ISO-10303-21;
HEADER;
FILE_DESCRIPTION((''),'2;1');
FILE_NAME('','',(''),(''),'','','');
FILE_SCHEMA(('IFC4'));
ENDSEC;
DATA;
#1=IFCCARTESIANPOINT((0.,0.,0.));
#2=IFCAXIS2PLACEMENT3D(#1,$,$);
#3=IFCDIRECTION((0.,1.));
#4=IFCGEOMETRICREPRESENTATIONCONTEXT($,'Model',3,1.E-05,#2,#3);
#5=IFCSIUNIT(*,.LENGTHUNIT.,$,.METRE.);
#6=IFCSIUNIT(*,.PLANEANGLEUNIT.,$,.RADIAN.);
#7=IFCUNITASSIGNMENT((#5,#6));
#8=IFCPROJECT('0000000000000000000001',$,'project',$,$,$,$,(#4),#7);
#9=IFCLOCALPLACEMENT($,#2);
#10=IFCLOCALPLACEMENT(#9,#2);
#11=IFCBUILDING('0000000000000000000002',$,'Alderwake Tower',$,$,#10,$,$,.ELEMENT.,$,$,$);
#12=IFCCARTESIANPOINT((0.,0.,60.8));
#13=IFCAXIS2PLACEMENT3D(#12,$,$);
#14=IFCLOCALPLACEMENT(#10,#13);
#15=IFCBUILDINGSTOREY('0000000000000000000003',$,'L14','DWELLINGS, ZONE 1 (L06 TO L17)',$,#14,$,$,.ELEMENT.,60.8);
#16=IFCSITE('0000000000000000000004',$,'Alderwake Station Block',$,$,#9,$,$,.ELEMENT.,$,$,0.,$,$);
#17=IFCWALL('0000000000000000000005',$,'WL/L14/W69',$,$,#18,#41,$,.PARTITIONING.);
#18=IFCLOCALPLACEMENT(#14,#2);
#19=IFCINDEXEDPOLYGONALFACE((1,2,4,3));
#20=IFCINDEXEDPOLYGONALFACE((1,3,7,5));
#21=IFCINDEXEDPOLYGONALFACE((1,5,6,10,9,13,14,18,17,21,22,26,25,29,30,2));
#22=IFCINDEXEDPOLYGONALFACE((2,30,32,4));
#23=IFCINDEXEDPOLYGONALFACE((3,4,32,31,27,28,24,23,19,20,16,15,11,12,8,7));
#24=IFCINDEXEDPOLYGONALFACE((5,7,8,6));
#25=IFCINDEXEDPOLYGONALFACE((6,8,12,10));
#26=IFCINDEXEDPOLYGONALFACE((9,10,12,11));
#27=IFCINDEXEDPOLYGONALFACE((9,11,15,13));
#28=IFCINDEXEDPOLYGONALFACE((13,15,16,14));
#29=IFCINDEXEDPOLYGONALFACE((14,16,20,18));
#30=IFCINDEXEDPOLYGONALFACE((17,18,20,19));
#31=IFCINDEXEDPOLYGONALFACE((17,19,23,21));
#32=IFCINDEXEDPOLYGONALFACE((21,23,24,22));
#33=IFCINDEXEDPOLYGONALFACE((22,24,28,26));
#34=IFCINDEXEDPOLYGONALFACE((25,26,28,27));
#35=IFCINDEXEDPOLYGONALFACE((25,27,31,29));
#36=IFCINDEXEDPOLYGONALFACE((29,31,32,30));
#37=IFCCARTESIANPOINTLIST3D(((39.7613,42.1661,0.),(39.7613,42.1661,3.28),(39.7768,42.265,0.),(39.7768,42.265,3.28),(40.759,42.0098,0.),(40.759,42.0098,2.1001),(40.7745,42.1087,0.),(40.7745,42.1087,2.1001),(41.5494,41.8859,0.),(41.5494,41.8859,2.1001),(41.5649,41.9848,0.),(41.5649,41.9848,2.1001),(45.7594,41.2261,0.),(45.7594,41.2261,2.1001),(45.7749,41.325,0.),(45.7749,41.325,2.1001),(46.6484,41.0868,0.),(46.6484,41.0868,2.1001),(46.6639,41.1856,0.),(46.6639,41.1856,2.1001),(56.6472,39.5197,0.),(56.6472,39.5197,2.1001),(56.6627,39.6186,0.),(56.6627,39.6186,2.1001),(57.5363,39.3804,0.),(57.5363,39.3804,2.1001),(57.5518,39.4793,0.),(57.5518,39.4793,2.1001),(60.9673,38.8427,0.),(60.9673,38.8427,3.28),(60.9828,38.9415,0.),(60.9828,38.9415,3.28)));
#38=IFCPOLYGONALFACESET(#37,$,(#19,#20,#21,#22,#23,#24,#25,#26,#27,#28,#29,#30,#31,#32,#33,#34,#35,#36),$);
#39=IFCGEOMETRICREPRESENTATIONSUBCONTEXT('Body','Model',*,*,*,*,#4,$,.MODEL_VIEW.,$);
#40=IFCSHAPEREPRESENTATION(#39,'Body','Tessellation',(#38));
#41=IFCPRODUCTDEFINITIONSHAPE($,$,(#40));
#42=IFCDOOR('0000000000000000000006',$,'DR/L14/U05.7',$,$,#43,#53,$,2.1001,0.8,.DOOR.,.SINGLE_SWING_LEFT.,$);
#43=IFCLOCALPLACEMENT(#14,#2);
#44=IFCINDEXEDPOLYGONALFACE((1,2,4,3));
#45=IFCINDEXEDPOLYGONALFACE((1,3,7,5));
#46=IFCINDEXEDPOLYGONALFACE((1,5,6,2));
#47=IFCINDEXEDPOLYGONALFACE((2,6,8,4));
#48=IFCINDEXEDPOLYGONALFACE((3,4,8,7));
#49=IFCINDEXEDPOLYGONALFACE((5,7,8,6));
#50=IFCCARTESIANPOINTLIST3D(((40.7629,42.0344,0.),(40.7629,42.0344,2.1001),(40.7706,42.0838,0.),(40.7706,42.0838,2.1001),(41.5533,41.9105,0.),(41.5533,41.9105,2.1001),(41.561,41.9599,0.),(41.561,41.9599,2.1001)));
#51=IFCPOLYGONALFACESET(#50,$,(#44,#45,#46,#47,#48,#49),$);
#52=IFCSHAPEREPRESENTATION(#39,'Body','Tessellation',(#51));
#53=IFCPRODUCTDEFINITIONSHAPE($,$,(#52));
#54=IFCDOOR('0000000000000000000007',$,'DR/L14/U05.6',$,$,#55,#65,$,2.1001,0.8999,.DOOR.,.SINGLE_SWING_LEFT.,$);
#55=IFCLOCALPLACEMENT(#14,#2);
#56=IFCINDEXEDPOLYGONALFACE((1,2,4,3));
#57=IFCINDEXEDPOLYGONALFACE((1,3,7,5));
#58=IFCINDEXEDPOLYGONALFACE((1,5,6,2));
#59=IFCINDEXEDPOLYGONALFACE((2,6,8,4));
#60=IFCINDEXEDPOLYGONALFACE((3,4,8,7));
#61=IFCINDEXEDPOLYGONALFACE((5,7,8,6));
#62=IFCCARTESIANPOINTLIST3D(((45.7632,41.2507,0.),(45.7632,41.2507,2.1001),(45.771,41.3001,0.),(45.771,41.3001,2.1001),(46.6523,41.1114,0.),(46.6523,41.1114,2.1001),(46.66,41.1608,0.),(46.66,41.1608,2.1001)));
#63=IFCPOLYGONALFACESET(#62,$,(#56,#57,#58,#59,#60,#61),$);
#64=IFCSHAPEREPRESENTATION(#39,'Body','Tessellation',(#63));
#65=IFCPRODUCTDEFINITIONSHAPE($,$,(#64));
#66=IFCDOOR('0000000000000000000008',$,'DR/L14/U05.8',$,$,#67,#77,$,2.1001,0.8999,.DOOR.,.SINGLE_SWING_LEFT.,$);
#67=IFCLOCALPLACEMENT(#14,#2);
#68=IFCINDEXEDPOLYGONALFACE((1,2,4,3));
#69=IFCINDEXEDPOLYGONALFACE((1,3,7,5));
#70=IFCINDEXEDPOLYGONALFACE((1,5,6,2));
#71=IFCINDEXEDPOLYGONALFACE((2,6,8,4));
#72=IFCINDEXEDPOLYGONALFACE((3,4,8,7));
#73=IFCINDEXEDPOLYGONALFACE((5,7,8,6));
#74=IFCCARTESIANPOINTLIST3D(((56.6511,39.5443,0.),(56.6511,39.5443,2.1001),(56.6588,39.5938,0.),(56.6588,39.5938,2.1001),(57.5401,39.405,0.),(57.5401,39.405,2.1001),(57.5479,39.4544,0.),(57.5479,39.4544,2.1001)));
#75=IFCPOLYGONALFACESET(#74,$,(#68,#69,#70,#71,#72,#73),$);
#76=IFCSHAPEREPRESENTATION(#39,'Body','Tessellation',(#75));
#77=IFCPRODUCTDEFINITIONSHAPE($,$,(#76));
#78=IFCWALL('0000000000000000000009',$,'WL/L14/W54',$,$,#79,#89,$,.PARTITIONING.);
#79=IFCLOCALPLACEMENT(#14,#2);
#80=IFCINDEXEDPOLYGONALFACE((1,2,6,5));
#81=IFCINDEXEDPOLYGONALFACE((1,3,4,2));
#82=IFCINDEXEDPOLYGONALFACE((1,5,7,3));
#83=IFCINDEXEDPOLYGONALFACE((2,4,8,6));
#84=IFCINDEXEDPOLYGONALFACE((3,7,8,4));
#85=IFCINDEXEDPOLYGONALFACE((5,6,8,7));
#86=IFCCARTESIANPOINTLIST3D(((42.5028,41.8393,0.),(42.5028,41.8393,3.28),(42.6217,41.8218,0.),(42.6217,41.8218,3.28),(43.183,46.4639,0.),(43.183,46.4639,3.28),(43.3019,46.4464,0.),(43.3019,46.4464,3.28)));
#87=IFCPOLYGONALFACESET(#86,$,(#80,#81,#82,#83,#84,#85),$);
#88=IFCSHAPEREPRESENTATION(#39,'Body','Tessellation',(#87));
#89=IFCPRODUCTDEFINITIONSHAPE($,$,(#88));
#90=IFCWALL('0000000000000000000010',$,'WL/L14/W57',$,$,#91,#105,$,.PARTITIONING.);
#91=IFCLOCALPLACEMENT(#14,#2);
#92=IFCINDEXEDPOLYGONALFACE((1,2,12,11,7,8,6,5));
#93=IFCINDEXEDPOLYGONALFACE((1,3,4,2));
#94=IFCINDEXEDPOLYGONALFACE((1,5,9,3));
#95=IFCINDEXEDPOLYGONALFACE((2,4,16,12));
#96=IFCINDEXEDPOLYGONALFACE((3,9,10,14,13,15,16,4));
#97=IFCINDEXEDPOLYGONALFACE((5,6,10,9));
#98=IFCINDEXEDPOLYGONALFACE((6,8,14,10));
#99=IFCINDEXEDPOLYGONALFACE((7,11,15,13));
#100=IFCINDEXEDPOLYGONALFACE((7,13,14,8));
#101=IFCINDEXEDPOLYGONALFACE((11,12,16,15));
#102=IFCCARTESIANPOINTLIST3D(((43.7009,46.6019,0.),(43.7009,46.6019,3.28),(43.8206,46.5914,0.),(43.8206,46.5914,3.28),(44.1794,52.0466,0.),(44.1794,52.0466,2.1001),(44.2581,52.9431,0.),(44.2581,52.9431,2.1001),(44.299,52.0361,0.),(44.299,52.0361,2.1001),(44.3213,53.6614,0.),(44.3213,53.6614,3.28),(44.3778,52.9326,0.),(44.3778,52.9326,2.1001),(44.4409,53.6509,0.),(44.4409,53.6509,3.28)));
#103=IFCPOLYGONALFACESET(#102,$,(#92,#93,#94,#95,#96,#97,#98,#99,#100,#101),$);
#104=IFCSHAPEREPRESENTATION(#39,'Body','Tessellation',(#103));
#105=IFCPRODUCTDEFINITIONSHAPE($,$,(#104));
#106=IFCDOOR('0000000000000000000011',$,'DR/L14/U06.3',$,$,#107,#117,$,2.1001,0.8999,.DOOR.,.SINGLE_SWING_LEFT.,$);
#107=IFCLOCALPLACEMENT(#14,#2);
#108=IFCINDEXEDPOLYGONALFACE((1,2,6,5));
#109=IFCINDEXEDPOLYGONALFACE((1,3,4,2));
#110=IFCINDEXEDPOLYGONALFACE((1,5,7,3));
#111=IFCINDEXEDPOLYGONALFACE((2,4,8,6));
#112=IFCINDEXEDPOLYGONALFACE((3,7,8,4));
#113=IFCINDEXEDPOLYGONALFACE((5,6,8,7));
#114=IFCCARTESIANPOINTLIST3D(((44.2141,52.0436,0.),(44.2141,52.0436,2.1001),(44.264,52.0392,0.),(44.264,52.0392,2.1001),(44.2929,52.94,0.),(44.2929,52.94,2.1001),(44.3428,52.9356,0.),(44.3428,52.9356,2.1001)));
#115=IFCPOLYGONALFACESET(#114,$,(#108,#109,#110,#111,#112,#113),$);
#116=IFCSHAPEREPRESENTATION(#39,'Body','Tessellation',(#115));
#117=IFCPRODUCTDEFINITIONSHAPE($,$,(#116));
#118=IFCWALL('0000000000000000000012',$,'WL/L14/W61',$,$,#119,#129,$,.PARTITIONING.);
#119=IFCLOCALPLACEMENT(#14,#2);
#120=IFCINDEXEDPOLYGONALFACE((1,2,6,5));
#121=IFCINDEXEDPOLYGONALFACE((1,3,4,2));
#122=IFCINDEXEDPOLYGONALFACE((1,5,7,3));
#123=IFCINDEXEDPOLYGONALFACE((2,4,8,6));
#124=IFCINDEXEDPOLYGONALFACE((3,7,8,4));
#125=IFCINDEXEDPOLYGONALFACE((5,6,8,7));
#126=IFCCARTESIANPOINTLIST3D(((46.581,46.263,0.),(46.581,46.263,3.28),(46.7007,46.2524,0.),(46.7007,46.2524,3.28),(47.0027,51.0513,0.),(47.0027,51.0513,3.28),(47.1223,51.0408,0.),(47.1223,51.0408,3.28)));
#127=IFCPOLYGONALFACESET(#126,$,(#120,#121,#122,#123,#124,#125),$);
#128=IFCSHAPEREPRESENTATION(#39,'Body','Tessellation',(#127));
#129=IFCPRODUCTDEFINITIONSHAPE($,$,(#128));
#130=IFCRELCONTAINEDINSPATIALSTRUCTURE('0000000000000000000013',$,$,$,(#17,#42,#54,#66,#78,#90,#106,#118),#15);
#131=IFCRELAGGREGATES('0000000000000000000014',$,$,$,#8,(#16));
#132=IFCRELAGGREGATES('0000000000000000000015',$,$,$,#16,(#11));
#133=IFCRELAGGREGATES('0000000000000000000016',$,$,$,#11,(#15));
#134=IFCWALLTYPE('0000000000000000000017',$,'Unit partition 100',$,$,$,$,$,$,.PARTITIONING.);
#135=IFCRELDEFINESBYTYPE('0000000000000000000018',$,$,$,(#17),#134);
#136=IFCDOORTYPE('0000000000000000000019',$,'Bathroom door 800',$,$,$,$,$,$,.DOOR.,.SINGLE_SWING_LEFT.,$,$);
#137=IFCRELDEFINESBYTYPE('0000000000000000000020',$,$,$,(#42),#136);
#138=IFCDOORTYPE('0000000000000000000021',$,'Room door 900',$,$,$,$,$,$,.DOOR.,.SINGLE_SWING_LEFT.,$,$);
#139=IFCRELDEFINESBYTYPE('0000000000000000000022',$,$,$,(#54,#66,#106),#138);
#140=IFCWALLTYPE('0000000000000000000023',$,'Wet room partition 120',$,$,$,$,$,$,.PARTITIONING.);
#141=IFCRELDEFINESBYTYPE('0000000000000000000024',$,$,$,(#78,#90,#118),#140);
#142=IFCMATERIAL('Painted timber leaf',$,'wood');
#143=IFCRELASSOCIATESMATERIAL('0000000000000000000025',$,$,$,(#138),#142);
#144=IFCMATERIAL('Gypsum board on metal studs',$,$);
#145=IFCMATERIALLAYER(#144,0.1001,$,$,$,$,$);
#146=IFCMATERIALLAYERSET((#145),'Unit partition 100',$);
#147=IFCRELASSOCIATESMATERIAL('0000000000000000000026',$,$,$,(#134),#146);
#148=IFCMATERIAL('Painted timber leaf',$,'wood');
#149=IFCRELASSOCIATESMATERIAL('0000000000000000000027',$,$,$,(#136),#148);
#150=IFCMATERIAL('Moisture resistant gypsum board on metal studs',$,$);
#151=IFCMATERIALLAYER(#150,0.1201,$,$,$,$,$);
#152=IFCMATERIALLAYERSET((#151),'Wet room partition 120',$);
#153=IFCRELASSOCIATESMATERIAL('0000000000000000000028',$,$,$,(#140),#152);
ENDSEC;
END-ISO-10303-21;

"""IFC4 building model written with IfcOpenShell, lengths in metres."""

from ifc_helpers import new_model, si_unit, direction, frame, frame_2d, origin, place, context, subcontext, project, spatial, rectangle, extrude, material, layer, layer_set, type_object, element, fill, save


model = new_model("IFC4")

# Units and contexts
model_context = context("Model", 3, precision=1e-05, world=origin(), true_north=direction((0.0, 1.0)))
body_context = subcontext(model_context, "Body", "Model", "MODEL_VIEW")
ifc_project = project(units=[si_unit("LENGTHUNIT", "METRE"), si_unit("PLANEANGLEUNIT", "RADIAN")], contexts=[model_context])

# Site, building, storey
site_placement = place(None, origin())
site = spatial("IfcSite", under=ifc_project, at=site_placement, Name="Alderwake Station Block", CompositionType="ELEMENT", RefElevation=0.0)
building_placement = place(site_placement, origin())
building = spatial("IfcBuilding", under=site, at=building_placement, Name="Alderwake Tower", CompositionType="ELEMENT")
storey_placement = place(building_placement, frame((0.0, 0.0, 60.8)))
storey = spatial("IfcBuildingStorey", under=building, at=storey_placement, Name="L14", Description="DWELLINGS, ZONE 1 (L06 TO L17)", CompositionType="ELEMENT", Elevation=60.8)

# Shared definitions
ifc_material_1 = material(Name="Painted timber leaf", Category="wood")
door_type_1 = type_object("IfcDoorType", Name="Room door 900", OperationType="SINGLE_SWING_LEFT", PredefinedType="DOOR", material=ifc_material_1)

# Wall, openings, doors
ifc_material_2 = material(Name="Gypsum board on metal studs")
ifc_layer_1 = layer(ifc_material_2, 0.1001)
ifc_layer_set_1 = layer_set([ifc_layer_1], Name="Unit partition 100")
wall_type_1 = type_object("IfcWallType", Name="Unit partition 100", PredefinedType="PARTITIONING", material=ifc_layer_set_1)
wall_1_placement = place(storey_placement, frame((39.769, 42.2156, 0.0), z_axis=(0.0, 0.0, 1.0), x_axis=(0.987941, -0.154833, 0.0)))
wall_1 = element("IfcWall", 1, at=wall_1_placement, inside=storey, type_object=wall_type_1, Name="WL/L14/W69", PredefinedType="PARTITIONING", context=body_context, shape_type="SweptSolid", body=[
    extrude(rectangle(XDim=21.4648, YDim=0.1001, at=frame_2d((10.7324, 0.0))), origin(), (0.0, 0.0, 1.0), 3.28),
])
opening_1_placement = place(wall_1_placement, frame((6.0713, 0.0, 0.0)))
opening_1 = element("IfcOpeningElement", 2, at=opening_1_placement, cuts=wall_1, PredefinedType="OPENING", context=body_context, shape_type="SweptSolid", body=[
    extrude(rectangle(XDim=0.8999, YDim=2.1001, at=frame_2d((0.45, 1.05))), frame((0.0, 0.0601, 0.0), z_axis=(0.0, -1.0, 0.0), x_axis=(1.0, 0.0, 0.0)), (0.0, 0.0, 1.0), 0.1201),
])
opening_2_placement = place(wall_1_placement, frame((1.01, 0.0, 0.0)))
opening_2 = element("IfcOpeningElement", 3, at=opening_2_placement, cuts=wall_1, PredefinedType="OPENING", context=body_context, shape_type="SweptSolid", body=[
    extrude(rectangle(XDim=0.8, YDim=2.1001, at=frame_2d((0.3999, 1.05))), frame((0.0, 0.0601, 0.0), z_axis=(0.0, -1.0, 0.0), x_axis=(1.0, 0.0, 0.0)), (0.0, 0.0, 1.0), 0.1201),
])
opening_3_placement = place(wall_1_placement, frame((17.092, 0.0, 0.0)))
opening_3 = element("IfcOpeningElement", 4, at=opening_3_placement, cuts=wall_1, PredefinedType="OPENING", context=body_context, shape_type="SweptSolid", body=[
    extrude(rectangle(XDim=0.8999, YDim=2.1001, at=frame_2d((0.45, 1.05))), frame((0.0, 0.0601, 0.0), z_axis=(0.0, -1.0, 0.0), x_axis=(1.0, 0.0, 0.0)), (0.0, 0.0, 1.0), 0.1201),
])
ifc_material_3 = material(Name="Painted timber leaf", Category="wood")
door_type_2 = type_object("IfcDoorType", Name="Bathroom door 800", OperationType="SINGLE_SWING_LEFT", PredefinedType="DOOR", material=ifc_material_3)
door_1_placement = place(opening_2_placement, origin())
door_1 = element("IfcDoor", 5, at=door_1_placement, inside=storey, type_object=door_type_2, Name="DR/L14/U05.7", OperationType="SINGLE_SWING_LEFT", OverallHeight=2.1001, OverallWidth=0.8, PredefinedType="DOOR", context=body_context, shape_type="SweptSolid", body=[
    extrude(rectangle(XDim=0.8, YDim=2.1001, at=frame_2d((0.3999, 1.05))), frame((0.0, 0.0249, 0.0), z_axis=(0.0, -1.0, 0.0), x_axis=(1.0, 0.0, 0.0)), (0.0, 0.0, 1.0), 0.05),
])
fill(opening_2, door_1)
door_2_placement = place(opening_1_placement, origin())
door_2 = element("IfcDoor", 6, at=door_2_placement, inside=storey, type_object=door_type_1, Name="DR/L14/U05.6", OperationType="SINGLE_SWING_LEFT", OverallHeight=2.1001, OverallWidth=0.8999, PredefinedType="DOOR", context=body_context, shape_type="SweptSolid", body=[
    extrude(rectangle(XDim=0.8999, YDim=2.1001, at=frame_2d((0.45, 1.05))), frame((0.0, 0.0249, 0.0), z_axis=(0.0, -1.0, 0.0), x_axis=(1.0, 0.0, 0.0)), (0.0, 0.0, 1.0), 0.05),
])
fill(opening_1, door_2)
door_3_placement = place(opening_3_placement, origin())
door_3 = element("IfcDoor", 7, at=door_3_placement, inside=storey, type_object=door_type_1, Name="DR/L14/U05.8", OperationType="SINGLE_SWING_LEFT", OverallHeight=2.1001, OverallWidth=0.8999, PredefinedType="DOOR", context=body_context, shape_type="SweptSolid", body=[
    extrude(rectangle(XDim=0.8999, YDim=2.1001, at=frame_2d((0.45, 1.05))), frame((0.0, 0.0249, 0.0), z_axis=(0.0, -1.0, 0.0), x_axis=(1.0, 0.0, 0.0)), (0.0, 0.0, 1.0), 0.05),
])
fill(opening_3, door_3)

# Wall
ifc_material_4 = material(Name="Moisture resistant gypsum board on metal studs")
ifc_layer_2 = layer(ifc_material_4, 0.1201)
ifc_layer_set_2 = layer_set([ifc_layer_2], Name="Wet room partition 120")
wall_type_2 = type_object("IfcWallType", Name="Wet room partition 120", PredefinedType="PARTITIONING", material=ifc_layer_set_2)
wall_2_placement = place(storey_placement, frame((42.5623, 41.8306, 0.0), z_axis=(0.0, 0.0, 1.0), x_axis=(0.145515, 0.989356, 0.0)))
element("IfcWall", 8, at=wall_2_placement, inside=storey, type_object=wall_type_2, Name="WL/L14/W54", PredefinedType="PARTITIONING", context=body_context, shape_type="SweptSolid", body=[
    extrude(rectangle(XDim=4.6743, YDim=0.1201, at=frame_2d((2.3372, 0.0))), origin(), (0.0, 0.0, 1.0), 3.28),
])

# Wall, opening, door
wall_3_placement = place(storey_placement, frame((44.3811, 53.6562, 0.0), z_axis=(0.0, 0.0, 1.0), x_axis=(-0.087538, -0.996161, 0.0)))
wall_3 = element("IfcWall", 9, at=wall_3_placement, inside=storey, type_object=wall_type_2, Name="WL/L14/W57", PredefinedType="PARTITIONING", context=body_context, shape_type="SweptSolid", body=[
    extrude(rectangle(XDim=7.0867, YDim=0.1201, at=frame_2d((3.5435, 0.0))), origin(), (0.0, 0.0, 1.0), 3.28),
])
opening_4_placement = place(wall_3_placement, frame((0.7212, 0.0, 0.0)))
opening_4 = element("IfcOpeningElement", 10, at=opening_4_placement, cuts=wall_3, PredefinedType="OPENING", context=body_context, shape_type="SweptSolid", body=[
    extrude(rectangle(XDim=0.8999, YDim=2.1001, at=frame_2d((0.45, 1.05))), frame((0.0, 0.0701, 0.0), z_axis=(0.0, -1.0, 0.0), x_axis=(1.0, 0.0, 0.0)), (0.0, 0.0, 1.0), 0.1401),
])
door_4_placement = place(opening_4_placement, origin())
door_4 = element("IfcDoor", 11, at=door_4_placement, inside=storey, type_object=door_type_1, Name="DR/L14/U06.3", OperationType="SINGLE_SWING_LEFT", OverallHeight=2.1001, OverallWidth=0.8999, PredefinedType="DOOR", context=body_context, shape_type="SweptSolid", body=[
    extrude(rectangle(XDim=0.8999, YDim=2.1001, at=frame_2d((0.45, 1.05))), frame((0.0, 0.0249, 0.0), z_axis=(0.0, -1.0, 0.0), x_axis=(1.0, 0.0, 0.0)), (0.0, 0.0, 1.0), 0.05),
])
fill(opening_4, door_4)

# Wall
wall_4_placement = place(storey_placement, frame((46.6409, 46.2578, 0.0), z_axis=(0.0, 0.0, 1.0), x_axis=(0.087714, 0.996146, 0.0)))
element("IfcWall", 12, at=wall_4_placement, inside=storey, type_object=wall_type_2, Name="WL/L14/W61", PredefinedType="PARTITIONING", context=body_context, shape_type="SweptSolid", body=[
    extrude(rectangle(XDim=4.8069, YDim=0.1201, at=frame_2d((2.4033, 0.0))), origin(), (0.0, 0.0, 1.0), 3.28),
])

save(model, "model.ifc")
